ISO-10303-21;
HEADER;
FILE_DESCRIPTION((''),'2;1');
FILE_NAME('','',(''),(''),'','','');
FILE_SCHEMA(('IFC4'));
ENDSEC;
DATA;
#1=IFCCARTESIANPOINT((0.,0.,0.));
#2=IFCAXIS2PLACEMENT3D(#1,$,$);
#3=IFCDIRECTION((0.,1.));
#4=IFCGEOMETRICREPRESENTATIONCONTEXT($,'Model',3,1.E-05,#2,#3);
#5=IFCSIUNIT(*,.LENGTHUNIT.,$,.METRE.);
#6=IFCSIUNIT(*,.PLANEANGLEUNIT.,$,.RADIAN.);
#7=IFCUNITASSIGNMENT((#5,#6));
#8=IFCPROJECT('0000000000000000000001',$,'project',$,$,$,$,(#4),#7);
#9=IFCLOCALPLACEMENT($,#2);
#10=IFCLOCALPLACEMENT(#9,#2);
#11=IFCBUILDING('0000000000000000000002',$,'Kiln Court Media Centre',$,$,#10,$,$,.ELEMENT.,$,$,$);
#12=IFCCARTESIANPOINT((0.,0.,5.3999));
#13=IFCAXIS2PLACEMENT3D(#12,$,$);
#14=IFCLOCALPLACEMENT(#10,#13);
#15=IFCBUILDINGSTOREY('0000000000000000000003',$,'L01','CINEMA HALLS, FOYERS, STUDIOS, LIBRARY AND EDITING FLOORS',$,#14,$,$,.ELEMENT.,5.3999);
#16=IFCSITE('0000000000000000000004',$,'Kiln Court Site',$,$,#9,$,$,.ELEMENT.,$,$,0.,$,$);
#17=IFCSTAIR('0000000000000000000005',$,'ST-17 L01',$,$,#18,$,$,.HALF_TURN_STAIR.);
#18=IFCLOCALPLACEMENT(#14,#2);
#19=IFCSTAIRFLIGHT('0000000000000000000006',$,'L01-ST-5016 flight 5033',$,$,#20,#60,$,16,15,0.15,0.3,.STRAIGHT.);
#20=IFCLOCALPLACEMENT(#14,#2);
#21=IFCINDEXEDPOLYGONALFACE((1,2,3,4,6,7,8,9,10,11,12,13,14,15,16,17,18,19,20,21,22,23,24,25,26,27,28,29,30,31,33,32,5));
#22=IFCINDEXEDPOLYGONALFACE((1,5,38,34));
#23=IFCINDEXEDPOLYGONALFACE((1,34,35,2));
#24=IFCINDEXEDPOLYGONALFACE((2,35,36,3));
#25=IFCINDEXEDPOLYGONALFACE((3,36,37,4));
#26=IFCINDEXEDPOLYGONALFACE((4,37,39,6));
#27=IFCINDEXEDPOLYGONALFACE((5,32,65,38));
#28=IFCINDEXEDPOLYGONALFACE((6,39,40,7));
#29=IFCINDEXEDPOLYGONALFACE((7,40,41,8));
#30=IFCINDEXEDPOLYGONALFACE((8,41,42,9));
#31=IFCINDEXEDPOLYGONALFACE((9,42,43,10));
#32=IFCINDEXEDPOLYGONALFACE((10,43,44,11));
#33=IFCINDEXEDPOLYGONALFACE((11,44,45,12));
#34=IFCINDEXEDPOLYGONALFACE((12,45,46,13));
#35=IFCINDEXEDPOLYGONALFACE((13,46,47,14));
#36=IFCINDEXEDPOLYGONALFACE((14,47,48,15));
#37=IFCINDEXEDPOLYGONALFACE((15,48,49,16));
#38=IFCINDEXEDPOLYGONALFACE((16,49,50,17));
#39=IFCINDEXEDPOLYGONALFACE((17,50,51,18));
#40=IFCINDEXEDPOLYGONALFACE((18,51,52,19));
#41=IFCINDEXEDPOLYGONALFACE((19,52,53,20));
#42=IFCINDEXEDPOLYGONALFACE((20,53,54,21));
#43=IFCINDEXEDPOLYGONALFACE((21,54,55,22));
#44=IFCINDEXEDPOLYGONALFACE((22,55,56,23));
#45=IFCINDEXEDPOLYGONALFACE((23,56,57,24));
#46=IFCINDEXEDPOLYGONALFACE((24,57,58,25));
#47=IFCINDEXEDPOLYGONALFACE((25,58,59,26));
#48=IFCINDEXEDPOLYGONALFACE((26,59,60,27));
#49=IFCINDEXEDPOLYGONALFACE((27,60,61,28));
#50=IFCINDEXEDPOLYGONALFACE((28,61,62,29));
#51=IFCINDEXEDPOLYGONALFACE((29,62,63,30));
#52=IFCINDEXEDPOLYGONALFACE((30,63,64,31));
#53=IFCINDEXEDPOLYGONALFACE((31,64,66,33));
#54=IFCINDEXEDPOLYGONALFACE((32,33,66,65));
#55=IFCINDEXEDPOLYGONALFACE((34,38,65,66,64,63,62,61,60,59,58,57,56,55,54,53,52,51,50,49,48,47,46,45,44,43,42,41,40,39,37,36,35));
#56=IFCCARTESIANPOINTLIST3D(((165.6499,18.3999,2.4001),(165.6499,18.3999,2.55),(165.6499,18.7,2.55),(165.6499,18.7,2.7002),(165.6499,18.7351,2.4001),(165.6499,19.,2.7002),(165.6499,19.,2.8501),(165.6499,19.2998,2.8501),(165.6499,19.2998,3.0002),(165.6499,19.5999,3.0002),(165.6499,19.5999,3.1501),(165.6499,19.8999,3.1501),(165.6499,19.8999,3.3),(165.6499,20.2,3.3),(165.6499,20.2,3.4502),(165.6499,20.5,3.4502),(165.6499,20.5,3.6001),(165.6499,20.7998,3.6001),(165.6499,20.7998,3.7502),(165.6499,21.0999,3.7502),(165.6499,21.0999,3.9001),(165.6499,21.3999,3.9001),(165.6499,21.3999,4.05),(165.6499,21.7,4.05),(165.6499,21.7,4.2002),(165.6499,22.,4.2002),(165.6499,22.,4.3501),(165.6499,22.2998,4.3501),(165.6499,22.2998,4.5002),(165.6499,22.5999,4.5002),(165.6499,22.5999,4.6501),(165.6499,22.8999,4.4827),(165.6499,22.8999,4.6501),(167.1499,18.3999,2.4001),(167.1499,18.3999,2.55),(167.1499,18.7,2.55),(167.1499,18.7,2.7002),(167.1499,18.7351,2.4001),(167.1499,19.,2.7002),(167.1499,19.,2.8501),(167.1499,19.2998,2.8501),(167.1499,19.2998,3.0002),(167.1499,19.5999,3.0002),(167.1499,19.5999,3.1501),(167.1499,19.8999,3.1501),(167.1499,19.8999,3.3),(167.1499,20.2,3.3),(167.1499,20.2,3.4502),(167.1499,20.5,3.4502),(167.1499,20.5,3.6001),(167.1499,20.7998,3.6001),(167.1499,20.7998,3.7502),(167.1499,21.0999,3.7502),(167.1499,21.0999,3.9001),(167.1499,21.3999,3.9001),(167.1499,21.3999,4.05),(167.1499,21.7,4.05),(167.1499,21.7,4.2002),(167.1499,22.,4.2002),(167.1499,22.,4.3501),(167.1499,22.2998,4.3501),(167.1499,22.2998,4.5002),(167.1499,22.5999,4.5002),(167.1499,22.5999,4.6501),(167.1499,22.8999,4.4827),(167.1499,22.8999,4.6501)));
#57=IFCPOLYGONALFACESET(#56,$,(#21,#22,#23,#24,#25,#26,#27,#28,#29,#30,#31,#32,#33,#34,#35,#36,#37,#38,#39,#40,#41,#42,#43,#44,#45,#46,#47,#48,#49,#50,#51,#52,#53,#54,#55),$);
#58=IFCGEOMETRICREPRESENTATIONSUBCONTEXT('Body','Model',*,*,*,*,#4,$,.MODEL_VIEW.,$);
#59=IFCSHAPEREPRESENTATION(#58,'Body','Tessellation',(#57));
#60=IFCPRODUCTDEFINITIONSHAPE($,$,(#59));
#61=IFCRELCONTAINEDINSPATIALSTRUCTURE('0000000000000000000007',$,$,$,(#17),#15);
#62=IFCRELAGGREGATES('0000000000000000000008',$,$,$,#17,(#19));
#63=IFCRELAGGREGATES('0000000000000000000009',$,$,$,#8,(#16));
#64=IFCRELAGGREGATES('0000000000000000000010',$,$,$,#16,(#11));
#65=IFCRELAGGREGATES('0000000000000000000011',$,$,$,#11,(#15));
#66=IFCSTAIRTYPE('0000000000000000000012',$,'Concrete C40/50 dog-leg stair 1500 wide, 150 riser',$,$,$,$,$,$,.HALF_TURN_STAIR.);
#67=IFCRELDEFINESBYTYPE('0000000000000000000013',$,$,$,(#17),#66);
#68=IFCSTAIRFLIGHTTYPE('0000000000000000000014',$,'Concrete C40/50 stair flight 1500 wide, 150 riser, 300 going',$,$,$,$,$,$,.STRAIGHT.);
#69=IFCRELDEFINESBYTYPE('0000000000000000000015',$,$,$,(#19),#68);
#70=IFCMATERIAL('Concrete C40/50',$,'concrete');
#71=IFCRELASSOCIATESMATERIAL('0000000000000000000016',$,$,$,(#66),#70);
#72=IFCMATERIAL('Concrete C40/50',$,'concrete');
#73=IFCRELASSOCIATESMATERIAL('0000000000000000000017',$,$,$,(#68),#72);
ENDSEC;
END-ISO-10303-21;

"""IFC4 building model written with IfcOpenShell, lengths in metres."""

from ifc_helpers import new_model, si_unit, direction, frame, origin, place, context, subcontext, project, spatial, polyline, outline, extrude, material, type_object, element, aggregate, save


model = new_model("IFC4")

# Units and contexts
model_context = context("Model", 3, precision=1e-05, world=origin(), true_north=direction((0.0, 1.0)))
body_context = subcontext(model_context, "Body", "Model", "MODEL_VIEW")
ifc_project = project(units=[si_unit("LENGTHUNIT", "METRE"), si_unit("PLANEANGLEUNIT", "RADIAN")], contexts=[model_context])

# Site, building, storey
site_placement = place(None, origin())
site = spatial("IfcSite", under=ifc_project, at=site_placement, Name="Kiln Court Site", CompositionType="ELEMENT", RefElevation=0.0)
building_placement = place(site_placement, origin())
building = spatial("IfcBuilding", under=site, at=building_placement, Name="Kiln Court Media Centre", CompositionType="ELEMENT")
storey_placement = place(building_placement, frame((0.0, 0.0, 5.3999)))
storey = spatial("IfcBuildingStorey", under=building, at=storey_placement, Name="L01", Description="CINEMA HALLS, FOYERS, STUDIOS, LIBRARY AND EDITING FLOORS", CompositionType="ELEMENT", Elevation=5.3999)

# Stair, stair flight
ifc_material_1 = material(Name="Concrete C40/50", Category="concrete")
stair_type = type_object("IfcStairType", Name="Concrete C40/50 dog-leg stair 1500 wide, 150 riser", PredefinedType="HALF_TURN_STAIR", material=ifc_material_1)
stair_placement = place(storey_placement, origin())
stair = element("IfcStair", 1, at=stair_placement, inside=storey, type_object=stair_type, Name="ST-17 L01", PredefinedType="HALF_TURN_STAIR")
ifc_material_2 = material(Name="Concrete C40/50", Category="concrete")
stair_flight_type = type_object("IfcStairFlightType", Name="Concrete C40/50 stair flight 1500 wide, 150 riser, 300 going", PredefinedType="STRAIGHT", material=ifc_material_2)
stair_flight_1_placement = place(storey_placement, frame((166.3999, 18.3999, 2.4001), z_axis=(0.0, 0.0, 1.0), x_axis=(0.0, 1.0, 0.0)))
stair_flight_1 = element("IfcStairFlight", 2, at=stair_flight_1_placement, type_object=stair_flight_type, Name="L01-ST-5016 flight 5033", NumberOfRisers=16, NumberOfTreads=15, PredefinedType="STRAIGHT", RiserHeight=0.15, TreadLength=0.3, context=body_context, shape_type="SweptSolid", body=[
    extrude(outline(polyline([(0.0, 0.0), (0.0, 0.1499), (0.3, 0.1499), (0.3, 0.3), (0.6001, 0.3), (0.6001, 0.45), (0.8999, 0.45), (0.8999, 0.6001), (1.2, 0.6001), (1.2, 0.75), (1.5, 0.75), (1.5, 0.8999), (1.8, 0.8999), (1.8, 1.05), (2.1001, 1.05), (2.1001, 1.2), (2.3999, 1.2), (2.3999, 1.3501), (2.7, 1.3501), (2.7, 1.5), (3.0, 1.5), (3.0, 1.6499), (3.3, 1.6499), (3.3, 1.8), (3.6001, 1.8), (3.6001, 1.95), (3.8999, 1.95), (3.8999, 2.1001), (4.2, 2.1001), (4.2, 2.25), (4.5, 2.25), (4.5, 2.3999), (4.5, 2.0825), (0.3352, 0.0), (0.0, 0.0)])), frame((0.0, 0.75, 0.0), z_axis=(0.0, -1.0, 0.0), x_axis=(1.0, 0.0, 0.0)), (0.0, 0.0, 1.0), 1.5),
])
aggregate(stair, [stair_flight_1])

save(model, "model.ifc")
